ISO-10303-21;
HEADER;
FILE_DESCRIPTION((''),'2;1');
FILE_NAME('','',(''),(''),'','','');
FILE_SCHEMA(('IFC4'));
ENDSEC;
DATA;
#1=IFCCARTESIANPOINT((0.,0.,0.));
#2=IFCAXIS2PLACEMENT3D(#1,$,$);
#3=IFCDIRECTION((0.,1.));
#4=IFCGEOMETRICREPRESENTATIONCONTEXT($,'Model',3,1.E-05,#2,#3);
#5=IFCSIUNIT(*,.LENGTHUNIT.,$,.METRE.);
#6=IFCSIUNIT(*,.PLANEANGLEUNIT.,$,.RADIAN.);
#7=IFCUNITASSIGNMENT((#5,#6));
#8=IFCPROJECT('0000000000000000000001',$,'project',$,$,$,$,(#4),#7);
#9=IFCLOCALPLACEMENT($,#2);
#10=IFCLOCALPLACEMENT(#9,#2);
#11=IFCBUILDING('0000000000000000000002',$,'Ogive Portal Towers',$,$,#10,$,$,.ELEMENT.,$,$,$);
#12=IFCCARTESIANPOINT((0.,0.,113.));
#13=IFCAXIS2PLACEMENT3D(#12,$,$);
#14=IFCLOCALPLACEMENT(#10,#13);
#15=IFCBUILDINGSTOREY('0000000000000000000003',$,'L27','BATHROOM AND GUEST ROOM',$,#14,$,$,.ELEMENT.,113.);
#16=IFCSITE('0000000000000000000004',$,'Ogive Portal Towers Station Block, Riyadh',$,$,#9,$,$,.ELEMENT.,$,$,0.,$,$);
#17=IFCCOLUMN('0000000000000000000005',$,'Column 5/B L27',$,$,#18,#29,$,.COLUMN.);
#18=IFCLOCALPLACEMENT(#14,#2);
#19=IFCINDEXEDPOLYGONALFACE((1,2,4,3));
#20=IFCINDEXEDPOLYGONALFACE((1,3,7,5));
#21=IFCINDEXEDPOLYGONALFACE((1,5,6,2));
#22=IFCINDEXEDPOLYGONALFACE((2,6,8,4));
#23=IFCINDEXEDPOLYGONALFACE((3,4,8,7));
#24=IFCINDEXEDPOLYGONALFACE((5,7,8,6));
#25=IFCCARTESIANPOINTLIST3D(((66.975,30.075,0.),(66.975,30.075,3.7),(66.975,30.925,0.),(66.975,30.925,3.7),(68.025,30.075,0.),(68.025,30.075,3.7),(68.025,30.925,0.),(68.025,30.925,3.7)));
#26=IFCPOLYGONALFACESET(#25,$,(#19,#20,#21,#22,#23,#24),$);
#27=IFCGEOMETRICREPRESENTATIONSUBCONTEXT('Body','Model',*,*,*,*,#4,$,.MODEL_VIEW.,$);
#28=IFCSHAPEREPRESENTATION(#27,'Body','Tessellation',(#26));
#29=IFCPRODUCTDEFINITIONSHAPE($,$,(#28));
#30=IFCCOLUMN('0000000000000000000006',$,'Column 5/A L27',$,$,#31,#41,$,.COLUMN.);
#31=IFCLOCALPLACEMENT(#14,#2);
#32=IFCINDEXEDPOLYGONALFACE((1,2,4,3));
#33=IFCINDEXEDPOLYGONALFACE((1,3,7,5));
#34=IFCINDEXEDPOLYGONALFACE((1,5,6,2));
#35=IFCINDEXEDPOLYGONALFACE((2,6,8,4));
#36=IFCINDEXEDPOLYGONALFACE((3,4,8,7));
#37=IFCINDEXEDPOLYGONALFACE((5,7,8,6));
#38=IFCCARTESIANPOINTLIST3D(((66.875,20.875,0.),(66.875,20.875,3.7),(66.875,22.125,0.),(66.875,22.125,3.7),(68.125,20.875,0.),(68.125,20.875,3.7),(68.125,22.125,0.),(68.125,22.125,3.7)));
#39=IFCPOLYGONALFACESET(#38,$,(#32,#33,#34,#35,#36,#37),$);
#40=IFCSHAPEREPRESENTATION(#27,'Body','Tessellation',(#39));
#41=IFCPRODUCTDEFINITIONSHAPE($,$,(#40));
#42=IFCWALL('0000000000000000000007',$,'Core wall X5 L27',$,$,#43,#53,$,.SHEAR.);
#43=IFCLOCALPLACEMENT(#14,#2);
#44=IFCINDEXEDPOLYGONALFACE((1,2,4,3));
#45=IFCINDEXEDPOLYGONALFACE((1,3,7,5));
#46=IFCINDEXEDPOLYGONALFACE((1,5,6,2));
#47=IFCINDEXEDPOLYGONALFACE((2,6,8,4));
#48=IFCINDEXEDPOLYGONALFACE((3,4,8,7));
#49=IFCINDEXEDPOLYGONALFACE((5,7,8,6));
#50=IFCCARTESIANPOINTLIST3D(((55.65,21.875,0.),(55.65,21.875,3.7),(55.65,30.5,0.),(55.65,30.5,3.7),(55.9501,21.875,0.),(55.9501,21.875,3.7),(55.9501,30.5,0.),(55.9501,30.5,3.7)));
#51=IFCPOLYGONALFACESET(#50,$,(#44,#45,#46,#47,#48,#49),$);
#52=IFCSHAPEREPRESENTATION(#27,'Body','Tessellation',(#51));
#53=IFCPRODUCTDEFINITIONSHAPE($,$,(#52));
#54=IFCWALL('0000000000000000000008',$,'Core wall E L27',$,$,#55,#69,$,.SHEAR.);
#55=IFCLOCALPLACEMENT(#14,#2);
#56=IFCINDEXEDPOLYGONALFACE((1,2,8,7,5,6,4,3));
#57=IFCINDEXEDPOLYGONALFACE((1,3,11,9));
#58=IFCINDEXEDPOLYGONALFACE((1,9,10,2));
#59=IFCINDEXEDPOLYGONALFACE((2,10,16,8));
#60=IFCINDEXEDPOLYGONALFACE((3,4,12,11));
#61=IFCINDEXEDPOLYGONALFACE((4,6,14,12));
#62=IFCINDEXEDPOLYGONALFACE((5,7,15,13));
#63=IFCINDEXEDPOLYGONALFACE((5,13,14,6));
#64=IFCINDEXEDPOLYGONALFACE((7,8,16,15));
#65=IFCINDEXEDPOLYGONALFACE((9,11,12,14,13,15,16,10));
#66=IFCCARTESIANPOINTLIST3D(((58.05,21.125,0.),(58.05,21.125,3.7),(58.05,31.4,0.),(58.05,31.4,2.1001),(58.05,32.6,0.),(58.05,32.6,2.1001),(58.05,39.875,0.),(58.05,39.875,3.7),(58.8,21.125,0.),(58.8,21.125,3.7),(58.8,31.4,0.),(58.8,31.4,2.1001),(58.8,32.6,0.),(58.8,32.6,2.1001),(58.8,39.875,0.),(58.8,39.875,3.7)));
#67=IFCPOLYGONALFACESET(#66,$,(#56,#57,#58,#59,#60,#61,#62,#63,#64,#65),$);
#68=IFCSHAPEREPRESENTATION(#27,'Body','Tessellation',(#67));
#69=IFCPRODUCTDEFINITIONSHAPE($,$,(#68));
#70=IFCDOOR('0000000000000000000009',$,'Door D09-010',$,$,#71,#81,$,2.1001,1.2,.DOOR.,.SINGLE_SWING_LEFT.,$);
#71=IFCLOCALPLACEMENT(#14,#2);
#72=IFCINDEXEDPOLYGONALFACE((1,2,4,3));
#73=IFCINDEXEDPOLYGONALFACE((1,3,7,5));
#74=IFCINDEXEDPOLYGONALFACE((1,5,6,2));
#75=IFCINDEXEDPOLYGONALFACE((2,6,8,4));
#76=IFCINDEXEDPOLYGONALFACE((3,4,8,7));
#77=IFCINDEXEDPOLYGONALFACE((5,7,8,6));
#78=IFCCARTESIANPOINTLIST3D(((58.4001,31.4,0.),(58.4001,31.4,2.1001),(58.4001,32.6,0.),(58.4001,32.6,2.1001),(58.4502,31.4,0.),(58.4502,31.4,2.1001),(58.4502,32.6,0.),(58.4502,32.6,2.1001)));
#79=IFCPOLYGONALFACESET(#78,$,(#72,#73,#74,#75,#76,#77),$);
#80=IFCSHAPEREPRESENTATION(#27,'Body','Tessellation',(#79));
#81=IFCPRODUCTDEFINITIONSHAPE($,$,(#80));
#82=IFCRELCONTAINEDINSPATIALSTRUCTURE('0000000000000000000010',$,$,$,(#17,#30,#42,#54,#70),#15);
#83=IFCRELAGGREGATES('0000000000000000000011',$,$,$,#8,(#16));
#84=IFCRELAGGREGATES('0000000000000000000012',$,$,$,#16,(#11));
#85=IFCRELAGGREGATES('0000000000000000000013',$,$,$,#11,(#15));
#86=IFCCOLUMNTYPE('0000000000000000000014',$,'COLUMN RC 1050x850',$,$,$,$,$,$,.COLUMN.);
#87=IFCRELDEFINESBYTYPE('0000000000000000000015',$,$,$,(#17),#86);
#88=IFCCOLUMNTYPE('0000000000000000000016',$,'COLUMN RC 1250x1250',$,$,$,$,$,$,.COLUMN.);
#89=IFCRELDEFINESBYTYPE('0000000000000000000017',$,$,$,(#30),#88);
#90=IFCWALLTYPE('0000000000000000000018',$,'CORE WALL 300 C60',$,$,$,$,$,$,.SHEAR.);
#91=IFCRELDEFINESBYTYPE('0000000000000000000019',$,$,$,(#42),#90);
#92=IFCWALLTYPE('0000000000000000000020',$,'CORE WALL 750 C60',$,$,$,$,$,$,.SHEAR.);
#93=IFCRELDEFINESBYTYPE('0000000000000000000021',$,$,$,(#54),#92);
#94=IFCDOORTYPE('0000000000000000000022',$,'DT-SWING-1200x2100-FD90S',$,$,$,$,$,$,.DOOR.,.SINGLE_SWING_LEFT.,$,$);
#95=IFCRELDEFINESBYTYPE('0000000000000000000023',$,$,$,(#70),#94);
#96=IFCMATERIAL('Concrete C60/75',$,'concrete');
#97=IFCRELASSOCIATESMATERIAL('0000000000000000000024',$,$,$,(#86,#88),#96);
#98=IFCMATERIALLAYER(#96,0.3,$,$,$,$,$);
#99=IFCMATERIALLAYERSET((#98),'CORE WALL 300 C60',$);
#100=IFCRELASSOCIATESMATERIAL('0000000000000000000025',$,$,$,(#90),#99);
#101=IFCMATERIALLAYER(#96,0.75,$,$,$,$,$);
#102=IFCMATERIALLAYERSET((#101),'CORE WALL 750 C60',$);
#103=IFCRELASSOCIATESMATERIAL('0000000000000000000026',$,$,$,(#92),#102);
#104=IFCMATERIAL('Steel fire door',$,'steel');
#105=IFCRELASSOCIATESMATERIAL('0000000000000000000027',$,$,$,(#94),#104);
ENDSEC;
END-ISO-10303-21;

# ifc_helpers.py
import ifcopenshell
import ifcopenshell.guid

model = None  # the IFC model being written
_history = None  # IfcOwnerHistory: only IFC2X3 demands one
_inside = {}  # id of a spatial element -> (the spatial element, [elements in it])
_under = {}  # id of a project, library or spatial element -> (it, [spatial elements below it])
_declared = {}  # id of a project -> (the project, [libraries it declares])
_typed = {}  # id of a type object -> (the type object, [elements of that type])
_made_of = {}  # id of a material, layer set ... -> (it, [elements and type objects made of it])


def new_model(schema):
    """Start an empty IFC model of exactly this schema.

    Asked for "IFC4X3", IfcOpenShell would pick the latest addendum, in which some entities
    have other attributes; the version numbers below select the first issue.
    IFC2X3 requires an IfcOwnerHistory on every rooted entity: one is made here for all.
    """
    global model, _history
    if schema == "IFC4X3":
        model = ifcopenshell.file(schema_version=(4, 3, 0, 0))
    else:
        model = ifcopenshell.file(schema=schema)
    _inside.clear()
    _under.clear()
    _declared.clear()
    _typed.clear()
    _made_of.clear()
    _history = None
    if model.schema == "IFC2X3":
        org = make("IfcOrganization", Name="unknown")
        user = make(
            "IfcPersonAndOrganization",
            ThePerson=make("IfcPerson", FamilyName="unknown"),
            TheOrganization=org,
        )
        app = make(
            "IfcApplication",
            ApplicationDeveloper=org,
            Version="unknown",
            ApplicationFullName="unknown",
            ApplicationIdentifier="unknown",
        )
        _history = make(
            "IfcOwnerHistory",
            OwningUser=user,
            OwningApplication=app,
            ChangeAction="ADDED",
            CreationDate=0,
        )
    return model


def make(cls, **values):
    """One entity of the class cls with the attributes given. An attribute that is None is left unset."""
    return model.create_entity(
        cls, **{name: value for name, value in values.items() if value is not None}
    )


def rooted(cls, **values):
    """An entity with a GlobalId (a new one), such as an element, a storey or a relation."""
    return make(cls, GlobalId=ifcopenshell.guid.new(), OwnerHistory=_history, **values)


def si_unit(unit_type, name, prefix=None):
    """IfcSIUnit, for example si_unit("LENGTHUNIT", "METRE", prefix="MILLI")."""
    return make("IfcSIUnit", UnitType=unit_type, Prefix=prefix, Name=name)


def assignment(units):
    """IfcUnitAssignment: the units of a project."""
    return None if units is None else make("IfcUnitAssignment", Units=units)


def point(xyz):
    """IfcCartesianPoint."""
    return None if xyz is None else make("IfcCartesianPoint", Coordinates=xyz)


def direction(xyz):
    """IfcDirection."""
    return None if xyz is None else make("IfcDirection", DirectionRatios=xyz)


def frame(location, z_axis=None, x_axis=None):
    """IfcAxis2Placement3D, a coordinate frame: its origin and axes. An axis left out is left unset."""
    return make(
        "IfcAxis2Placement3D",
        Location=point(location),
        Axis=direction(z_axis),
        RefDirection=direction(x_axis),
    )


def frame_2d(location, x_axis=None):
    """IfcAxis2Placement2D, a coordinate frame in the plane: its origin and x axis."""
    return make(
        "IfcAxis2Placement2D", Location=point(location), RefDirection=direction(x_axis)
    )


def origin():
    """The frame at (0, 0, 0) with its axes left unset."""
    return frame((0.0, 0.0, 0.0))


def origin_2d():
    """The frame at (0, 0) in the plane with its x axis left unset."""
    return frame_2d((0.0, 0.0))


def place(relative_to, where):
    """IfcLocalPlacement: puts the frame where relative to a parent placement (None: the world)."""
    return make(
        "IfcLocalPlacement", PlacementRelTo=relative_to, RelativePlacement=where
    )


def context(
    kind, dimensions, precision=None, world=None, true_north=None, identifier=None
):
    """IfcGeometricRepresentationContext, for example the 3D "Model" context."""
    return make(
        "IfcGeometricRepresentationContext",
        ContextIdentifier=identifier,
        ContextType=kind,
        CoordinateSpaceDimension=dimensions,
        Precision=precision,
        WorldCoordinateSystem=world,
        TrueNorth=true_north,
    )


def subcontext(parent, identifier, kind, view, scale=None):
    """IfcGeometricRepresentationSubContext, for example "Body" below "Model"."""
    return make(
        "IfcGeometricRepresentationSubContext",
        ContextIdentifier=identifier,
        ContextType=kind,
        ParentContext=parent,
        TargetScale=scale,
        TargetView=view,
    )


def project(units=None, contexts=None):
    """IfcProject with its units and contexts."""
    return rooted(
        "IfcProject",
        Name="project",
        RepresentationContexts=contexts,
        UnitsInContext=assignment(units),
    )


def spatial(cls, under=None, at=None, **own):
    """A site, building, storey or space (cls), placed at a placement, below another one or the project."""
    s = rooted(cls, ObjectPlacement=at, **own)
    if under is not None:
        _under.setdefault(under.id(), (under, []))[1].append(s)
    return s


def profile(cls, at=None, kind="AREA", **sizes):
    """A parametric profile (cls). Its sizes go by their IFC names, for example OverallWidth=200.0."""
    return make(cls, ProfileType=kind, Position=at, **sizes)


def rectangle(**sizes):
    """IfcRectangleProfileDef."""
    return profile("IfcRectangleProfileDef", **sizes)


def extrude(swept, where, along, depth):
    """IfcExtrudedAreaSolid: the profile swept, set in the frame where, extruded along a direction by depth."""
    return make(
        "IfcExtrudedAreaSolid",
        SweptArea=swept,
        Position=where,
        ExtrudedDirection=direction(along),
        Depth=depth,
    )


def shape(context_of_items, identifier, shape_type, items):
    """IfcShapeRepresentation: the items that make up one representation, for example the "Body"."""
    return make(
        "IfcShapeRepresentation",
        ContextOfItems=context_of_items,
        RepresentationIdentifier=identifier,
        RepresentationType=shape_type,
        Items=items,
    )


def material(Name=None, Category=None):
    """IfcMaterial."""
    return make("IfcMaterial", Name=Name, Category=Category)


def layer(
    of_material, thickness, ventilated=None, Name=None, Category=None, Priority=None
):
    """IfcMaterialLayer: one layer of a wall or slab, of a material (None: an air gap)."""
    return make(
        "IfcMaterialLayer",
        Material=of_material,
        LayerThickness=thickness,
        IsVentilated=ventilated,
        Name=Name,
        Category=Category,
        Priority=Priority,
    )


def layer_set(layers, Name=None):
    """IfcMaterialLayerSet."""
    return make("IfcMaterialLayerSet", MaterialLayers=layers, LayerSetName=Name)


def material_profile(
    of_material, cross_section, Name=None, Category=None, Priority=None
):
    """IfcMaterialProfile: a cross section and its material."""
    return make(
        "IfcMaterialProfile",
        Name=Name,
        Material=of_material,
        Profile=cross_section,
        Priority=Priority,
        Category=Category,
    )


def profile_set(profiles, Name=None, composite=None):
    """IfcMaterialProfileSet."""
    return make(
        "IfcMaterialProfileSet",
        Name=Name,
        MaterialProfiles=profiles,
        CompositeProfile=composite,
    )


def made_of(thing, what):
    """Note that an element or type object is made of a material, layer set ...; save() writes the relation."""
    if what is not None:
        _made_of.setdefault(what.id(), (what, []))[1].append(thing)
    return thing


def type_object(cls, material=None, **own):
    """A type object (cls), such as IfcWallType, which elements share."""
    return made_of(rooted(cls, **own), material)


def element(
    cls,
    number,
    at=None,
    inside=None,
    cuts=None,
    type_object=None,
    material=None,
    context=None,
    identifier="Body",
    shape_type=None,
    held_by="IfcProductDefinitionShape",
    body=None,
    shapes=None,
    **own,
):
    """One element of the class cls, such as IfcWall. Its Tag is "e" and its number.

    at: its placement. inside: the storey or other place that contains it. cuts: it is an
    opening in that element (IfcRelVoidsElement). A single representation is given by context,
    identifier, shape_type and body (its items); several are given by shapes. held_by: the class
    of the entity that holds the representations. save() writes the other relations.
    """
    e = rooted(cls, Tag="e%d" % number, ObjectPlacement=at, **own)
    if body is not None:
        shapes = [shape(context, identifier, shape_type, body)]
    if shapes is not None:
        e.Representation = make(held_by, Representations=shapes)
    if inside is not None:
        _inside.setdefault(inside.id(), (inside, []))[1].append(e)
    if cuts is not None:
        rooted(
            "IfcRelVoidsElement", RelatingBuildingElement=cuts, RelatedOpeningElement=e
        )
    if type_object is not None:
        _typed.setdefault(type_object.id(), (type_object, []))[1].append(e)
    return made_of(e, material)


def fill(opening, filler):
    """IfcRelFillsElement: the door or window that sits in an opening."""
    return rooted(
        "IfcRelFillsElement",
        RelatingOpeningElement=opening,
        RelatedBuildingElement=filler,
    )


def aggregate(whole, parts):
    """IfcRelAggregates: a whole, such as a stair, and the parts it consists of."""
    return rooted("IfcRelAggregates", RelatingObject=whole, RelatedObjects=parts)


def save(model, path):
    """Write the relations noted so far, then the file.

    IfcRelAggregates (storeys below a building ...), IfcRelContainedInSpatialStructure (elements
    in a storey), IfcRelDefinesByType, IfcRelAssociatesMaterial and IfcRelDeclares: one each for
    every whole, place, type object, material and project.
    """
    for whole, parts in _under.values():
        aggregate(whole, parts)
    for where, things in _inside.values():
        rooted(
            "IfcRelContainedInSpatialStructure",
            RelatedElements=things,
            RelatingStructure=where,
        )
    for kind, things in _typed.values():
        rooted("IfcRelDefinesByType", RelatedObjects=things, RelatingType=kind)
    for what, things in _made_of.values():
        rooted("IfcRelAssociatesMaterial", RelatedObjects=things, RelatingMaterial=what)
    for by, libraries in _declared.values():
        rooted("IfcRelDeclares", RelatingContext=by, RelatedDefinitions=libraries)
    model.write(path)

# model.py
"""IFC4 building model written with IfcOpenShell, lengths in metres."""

from ifc_helpers import new_model, si_unit, direction, frame, frame_2d, origin, origin_2d, place, context, subcontext, project, spatial, rectangle, extrude, material, layer, layer_set, material_profile, profile_set, type_object, element, fill, save


model = new_model("IFC4")

# Units and contexts
model_context = context("Model", 3, precision=1e-05, world=origin(), true_north=direction((0.0, 1.0)))
body_context = subcontext(model_context, "Body", "Model", "MODEL_VIEW")
ifc_project = project(units=[si_unit("LENGTHUNIT", "METRE"), si_unit("PLANEANGLEUNIT", "RADIAN")], contexts=[model_context])

# Site, building, storey
site_placement = place(None, origin())
site = spatial("IfcSite", under=ifc_project, at=site_placement, Name="Ogive Portal Towers Station Block, Riyadh", CompositionType="ELEMENT", RefElevation=0.0)
building_placement = place(site_placement, origin())
building = spatial("IfcBuilding", under=site, at=building_placement, Name="Ogive Portal Towers", CompositionType="ELEMENT")
storey_placement = place(building_placement, frame((0.0, 0.0, 113.0)))
storey = spatial("IfcBuildingStorey", under=building, at=storey_placement, Name="L27", Description="BATHROOM AND GUEST ROOM", CompositionType="ELEMENT", Elevation=113.0)

# Columns
ifc_material_1 = material(Name="Concrete C60/75", Category="concrete")
ifc_material_profile_1 = material_profile(ifc_material_1, rectangle(XDim=1.05, YDim=0.8501, at=origin_2d()), Name="RC 1050x850")
ifc_profile_set_1 = profile_set([ifc_material_profile_1], Name="Concrete C60/75")
column_type_1 = type_object("IfcColumnType", Name="COLUMN RC 1050x850", PredefinedType="COLUMN", material=ifc_profile_set_1)
column_1_placement = place(storey_placement, frame((67.5, 30.5, 0.0), z_axis=(0.0, 0.0, 1.0), x_axis=(1.0, 0.0, 0.0)))
element("IfcColumn", 1, at=column_1_placement, inside=storey, type_object=column_type_1, Name="Column 5/B L27", PredefinedType="COLUMN", context=body_context, shape_type="SweptSolid", body=[
    extrude(rectangle(XDim=1.05, YDim=0.8501, at=origin_2d()), origin(), (0.0, 0.0, 1.0), 3.7),
])
ifc_material_profile_2 = material_profile(ifc_material_1, rectangle(XDim=1.25, YDim=1.25, at=origin_2d()), Name="RC 1250x1250")
ifc_profile_set_2 = profile_set([ifc_material_profile_2], Name="Concrete C60/75")
column_type_2 = type_object("IfcColumnType", Name="COLUMN RC 1250x1250", PredefinedType="COLUMN", material=ifc_profile_set_2)
column_2_placement = place(storey_placement, frame((67.5, 21.5, 0.0), z_axis=(0.0, 0.0, 1.0), x_axis=(1.0, 0.0, 0.0)))
element("IfcColumn", 2, at=column_2_placement, inside=storey, type_object=column_type_2, Name="Column 5/A L27", PredefinedType="COLUMN", context=body_context, shape_type="SweptSolid", body=[
    extrude(rectangle(XDim=1.25, YDim=1.25, at=origin_2d()), origin(), (0.0, 0.0, 1.0), 3.7),
])

# Wall
ifc_layer_1 = layer(ifc_material_1, 0.3)
ifc_layer_set_1 = layer_set([ifc_layer_1], Name="CORE WALL 300 C60")
wall_type_1 = type_object("IfcWallType", Name="CORE WALL 300 C60", PredefinedType="SHEAR", material=ifc_layer_set_1)
wall_1_placement = place(storey_placement, frame((55.8, 21.875, 0.0), z_axis=(0.0, 0.0, 1.0), x_axis=(0.0, 1.0, 0.0)))
element("IfcWall", 3, at=wall_1_placement, inside=storey, type_object=wall_type_1, Name="Core wall X5 L27", PredefinedType="SHEAR", context=body_context, shape_type="SweptSolid", body=[
    extrude(rectangle(XDim=8.625, YDim=0.3, at=frame_2d((4.3125, 0.0))), origin(), (0.0, 0.0, 1.0), 3.7),
])

# Wall, opening, door
ifc_layer_2 = layer(ifc_material_1, 0.75)
ifc_layer_set_2 = layer_set([ifc_layer_2], Name="CORE WALL 750 C60")
wall_type_2 = type_object("IfcWallType", Name="CORE WALL 750 C60", PredefinedType="SHEAR", material=ifc_layer_set_2)
wall_2_placement = place(storey_placement, frame((58.425, 21.125, 0.0), z_axis=(0.0, 0.0, 1.0), x_axis=(0.0, 1.0, 0.0)))
wall_2 = element("IfcWall", 4, at=wall_2_placement, inside=storey, type_object=wall_type_2, Name="Core wall E L27", PredefinedType="SHEAR", context=body_context, shape_type="SweptSolid", body=[
    extrude(rectangle(XDim=18.75, YDim=0.75, at=frame_2d((9.375, 0.0))), origin(), (0.0, 0.0, 1.0), 3.7),
])
opening_1_placement = place(wall_2_placement, frame((10.2749, 0.0, 0.0)))
opening_1 = element("IfcOpeningElement", 5, at=opening_1_placement, cuts=wall_2, PredefinedType="OPENING", context=body_context, shape_type="SweptSolid", body=[
    extrude(rectangle(XDim=1.2, YDim=2.1001, at=frame_2d((0.6001, 1.05))), frame((0.0, 0.385, 0.0), z_axis=(0.0, -1.0, 0.0), x_axis=(1.0, 0.0, 0.0)), (0.0, 0.0, 1.0), 0.77),
])
ifc_material_2 = material(Name="Steel fire door", Category="steel")
door_type_1 = type_object("IfcDoorType", Name="DT-SWING-1200x2100-FD90S", OperationType="SINGLE_SWING_LEFT", PredefinedType="DOOR", material=ifc_material_2)
door_1_placement = place(opening_1_placement, origin())
door_1 = element("IfcDoor", 6, at=door_1_placement, inside=storey, type_object=door_type_1, Name="Door D09-010", OperationType="SINGLE_SWING_LEFT", OverallHeight=2.1001, OverallWidth=1.2, PredefinedType="DOOR", context=body_context, shape_type="SweptSolid", body=[
    extrude(rectangle(XDim=1.2, YDim=2.1001, at=frame_2d((0.6001, 1.05))), frame((0.0, 0.0249, 0.0), z_axis=(0.0, -1.0, 0.0), x_axis=(1.0, 0.0, 0.0)), (0.0, 0.0, 1.0), 0.05),
])
fill(opening_1, door_1)

save(model, "model.ifc")
